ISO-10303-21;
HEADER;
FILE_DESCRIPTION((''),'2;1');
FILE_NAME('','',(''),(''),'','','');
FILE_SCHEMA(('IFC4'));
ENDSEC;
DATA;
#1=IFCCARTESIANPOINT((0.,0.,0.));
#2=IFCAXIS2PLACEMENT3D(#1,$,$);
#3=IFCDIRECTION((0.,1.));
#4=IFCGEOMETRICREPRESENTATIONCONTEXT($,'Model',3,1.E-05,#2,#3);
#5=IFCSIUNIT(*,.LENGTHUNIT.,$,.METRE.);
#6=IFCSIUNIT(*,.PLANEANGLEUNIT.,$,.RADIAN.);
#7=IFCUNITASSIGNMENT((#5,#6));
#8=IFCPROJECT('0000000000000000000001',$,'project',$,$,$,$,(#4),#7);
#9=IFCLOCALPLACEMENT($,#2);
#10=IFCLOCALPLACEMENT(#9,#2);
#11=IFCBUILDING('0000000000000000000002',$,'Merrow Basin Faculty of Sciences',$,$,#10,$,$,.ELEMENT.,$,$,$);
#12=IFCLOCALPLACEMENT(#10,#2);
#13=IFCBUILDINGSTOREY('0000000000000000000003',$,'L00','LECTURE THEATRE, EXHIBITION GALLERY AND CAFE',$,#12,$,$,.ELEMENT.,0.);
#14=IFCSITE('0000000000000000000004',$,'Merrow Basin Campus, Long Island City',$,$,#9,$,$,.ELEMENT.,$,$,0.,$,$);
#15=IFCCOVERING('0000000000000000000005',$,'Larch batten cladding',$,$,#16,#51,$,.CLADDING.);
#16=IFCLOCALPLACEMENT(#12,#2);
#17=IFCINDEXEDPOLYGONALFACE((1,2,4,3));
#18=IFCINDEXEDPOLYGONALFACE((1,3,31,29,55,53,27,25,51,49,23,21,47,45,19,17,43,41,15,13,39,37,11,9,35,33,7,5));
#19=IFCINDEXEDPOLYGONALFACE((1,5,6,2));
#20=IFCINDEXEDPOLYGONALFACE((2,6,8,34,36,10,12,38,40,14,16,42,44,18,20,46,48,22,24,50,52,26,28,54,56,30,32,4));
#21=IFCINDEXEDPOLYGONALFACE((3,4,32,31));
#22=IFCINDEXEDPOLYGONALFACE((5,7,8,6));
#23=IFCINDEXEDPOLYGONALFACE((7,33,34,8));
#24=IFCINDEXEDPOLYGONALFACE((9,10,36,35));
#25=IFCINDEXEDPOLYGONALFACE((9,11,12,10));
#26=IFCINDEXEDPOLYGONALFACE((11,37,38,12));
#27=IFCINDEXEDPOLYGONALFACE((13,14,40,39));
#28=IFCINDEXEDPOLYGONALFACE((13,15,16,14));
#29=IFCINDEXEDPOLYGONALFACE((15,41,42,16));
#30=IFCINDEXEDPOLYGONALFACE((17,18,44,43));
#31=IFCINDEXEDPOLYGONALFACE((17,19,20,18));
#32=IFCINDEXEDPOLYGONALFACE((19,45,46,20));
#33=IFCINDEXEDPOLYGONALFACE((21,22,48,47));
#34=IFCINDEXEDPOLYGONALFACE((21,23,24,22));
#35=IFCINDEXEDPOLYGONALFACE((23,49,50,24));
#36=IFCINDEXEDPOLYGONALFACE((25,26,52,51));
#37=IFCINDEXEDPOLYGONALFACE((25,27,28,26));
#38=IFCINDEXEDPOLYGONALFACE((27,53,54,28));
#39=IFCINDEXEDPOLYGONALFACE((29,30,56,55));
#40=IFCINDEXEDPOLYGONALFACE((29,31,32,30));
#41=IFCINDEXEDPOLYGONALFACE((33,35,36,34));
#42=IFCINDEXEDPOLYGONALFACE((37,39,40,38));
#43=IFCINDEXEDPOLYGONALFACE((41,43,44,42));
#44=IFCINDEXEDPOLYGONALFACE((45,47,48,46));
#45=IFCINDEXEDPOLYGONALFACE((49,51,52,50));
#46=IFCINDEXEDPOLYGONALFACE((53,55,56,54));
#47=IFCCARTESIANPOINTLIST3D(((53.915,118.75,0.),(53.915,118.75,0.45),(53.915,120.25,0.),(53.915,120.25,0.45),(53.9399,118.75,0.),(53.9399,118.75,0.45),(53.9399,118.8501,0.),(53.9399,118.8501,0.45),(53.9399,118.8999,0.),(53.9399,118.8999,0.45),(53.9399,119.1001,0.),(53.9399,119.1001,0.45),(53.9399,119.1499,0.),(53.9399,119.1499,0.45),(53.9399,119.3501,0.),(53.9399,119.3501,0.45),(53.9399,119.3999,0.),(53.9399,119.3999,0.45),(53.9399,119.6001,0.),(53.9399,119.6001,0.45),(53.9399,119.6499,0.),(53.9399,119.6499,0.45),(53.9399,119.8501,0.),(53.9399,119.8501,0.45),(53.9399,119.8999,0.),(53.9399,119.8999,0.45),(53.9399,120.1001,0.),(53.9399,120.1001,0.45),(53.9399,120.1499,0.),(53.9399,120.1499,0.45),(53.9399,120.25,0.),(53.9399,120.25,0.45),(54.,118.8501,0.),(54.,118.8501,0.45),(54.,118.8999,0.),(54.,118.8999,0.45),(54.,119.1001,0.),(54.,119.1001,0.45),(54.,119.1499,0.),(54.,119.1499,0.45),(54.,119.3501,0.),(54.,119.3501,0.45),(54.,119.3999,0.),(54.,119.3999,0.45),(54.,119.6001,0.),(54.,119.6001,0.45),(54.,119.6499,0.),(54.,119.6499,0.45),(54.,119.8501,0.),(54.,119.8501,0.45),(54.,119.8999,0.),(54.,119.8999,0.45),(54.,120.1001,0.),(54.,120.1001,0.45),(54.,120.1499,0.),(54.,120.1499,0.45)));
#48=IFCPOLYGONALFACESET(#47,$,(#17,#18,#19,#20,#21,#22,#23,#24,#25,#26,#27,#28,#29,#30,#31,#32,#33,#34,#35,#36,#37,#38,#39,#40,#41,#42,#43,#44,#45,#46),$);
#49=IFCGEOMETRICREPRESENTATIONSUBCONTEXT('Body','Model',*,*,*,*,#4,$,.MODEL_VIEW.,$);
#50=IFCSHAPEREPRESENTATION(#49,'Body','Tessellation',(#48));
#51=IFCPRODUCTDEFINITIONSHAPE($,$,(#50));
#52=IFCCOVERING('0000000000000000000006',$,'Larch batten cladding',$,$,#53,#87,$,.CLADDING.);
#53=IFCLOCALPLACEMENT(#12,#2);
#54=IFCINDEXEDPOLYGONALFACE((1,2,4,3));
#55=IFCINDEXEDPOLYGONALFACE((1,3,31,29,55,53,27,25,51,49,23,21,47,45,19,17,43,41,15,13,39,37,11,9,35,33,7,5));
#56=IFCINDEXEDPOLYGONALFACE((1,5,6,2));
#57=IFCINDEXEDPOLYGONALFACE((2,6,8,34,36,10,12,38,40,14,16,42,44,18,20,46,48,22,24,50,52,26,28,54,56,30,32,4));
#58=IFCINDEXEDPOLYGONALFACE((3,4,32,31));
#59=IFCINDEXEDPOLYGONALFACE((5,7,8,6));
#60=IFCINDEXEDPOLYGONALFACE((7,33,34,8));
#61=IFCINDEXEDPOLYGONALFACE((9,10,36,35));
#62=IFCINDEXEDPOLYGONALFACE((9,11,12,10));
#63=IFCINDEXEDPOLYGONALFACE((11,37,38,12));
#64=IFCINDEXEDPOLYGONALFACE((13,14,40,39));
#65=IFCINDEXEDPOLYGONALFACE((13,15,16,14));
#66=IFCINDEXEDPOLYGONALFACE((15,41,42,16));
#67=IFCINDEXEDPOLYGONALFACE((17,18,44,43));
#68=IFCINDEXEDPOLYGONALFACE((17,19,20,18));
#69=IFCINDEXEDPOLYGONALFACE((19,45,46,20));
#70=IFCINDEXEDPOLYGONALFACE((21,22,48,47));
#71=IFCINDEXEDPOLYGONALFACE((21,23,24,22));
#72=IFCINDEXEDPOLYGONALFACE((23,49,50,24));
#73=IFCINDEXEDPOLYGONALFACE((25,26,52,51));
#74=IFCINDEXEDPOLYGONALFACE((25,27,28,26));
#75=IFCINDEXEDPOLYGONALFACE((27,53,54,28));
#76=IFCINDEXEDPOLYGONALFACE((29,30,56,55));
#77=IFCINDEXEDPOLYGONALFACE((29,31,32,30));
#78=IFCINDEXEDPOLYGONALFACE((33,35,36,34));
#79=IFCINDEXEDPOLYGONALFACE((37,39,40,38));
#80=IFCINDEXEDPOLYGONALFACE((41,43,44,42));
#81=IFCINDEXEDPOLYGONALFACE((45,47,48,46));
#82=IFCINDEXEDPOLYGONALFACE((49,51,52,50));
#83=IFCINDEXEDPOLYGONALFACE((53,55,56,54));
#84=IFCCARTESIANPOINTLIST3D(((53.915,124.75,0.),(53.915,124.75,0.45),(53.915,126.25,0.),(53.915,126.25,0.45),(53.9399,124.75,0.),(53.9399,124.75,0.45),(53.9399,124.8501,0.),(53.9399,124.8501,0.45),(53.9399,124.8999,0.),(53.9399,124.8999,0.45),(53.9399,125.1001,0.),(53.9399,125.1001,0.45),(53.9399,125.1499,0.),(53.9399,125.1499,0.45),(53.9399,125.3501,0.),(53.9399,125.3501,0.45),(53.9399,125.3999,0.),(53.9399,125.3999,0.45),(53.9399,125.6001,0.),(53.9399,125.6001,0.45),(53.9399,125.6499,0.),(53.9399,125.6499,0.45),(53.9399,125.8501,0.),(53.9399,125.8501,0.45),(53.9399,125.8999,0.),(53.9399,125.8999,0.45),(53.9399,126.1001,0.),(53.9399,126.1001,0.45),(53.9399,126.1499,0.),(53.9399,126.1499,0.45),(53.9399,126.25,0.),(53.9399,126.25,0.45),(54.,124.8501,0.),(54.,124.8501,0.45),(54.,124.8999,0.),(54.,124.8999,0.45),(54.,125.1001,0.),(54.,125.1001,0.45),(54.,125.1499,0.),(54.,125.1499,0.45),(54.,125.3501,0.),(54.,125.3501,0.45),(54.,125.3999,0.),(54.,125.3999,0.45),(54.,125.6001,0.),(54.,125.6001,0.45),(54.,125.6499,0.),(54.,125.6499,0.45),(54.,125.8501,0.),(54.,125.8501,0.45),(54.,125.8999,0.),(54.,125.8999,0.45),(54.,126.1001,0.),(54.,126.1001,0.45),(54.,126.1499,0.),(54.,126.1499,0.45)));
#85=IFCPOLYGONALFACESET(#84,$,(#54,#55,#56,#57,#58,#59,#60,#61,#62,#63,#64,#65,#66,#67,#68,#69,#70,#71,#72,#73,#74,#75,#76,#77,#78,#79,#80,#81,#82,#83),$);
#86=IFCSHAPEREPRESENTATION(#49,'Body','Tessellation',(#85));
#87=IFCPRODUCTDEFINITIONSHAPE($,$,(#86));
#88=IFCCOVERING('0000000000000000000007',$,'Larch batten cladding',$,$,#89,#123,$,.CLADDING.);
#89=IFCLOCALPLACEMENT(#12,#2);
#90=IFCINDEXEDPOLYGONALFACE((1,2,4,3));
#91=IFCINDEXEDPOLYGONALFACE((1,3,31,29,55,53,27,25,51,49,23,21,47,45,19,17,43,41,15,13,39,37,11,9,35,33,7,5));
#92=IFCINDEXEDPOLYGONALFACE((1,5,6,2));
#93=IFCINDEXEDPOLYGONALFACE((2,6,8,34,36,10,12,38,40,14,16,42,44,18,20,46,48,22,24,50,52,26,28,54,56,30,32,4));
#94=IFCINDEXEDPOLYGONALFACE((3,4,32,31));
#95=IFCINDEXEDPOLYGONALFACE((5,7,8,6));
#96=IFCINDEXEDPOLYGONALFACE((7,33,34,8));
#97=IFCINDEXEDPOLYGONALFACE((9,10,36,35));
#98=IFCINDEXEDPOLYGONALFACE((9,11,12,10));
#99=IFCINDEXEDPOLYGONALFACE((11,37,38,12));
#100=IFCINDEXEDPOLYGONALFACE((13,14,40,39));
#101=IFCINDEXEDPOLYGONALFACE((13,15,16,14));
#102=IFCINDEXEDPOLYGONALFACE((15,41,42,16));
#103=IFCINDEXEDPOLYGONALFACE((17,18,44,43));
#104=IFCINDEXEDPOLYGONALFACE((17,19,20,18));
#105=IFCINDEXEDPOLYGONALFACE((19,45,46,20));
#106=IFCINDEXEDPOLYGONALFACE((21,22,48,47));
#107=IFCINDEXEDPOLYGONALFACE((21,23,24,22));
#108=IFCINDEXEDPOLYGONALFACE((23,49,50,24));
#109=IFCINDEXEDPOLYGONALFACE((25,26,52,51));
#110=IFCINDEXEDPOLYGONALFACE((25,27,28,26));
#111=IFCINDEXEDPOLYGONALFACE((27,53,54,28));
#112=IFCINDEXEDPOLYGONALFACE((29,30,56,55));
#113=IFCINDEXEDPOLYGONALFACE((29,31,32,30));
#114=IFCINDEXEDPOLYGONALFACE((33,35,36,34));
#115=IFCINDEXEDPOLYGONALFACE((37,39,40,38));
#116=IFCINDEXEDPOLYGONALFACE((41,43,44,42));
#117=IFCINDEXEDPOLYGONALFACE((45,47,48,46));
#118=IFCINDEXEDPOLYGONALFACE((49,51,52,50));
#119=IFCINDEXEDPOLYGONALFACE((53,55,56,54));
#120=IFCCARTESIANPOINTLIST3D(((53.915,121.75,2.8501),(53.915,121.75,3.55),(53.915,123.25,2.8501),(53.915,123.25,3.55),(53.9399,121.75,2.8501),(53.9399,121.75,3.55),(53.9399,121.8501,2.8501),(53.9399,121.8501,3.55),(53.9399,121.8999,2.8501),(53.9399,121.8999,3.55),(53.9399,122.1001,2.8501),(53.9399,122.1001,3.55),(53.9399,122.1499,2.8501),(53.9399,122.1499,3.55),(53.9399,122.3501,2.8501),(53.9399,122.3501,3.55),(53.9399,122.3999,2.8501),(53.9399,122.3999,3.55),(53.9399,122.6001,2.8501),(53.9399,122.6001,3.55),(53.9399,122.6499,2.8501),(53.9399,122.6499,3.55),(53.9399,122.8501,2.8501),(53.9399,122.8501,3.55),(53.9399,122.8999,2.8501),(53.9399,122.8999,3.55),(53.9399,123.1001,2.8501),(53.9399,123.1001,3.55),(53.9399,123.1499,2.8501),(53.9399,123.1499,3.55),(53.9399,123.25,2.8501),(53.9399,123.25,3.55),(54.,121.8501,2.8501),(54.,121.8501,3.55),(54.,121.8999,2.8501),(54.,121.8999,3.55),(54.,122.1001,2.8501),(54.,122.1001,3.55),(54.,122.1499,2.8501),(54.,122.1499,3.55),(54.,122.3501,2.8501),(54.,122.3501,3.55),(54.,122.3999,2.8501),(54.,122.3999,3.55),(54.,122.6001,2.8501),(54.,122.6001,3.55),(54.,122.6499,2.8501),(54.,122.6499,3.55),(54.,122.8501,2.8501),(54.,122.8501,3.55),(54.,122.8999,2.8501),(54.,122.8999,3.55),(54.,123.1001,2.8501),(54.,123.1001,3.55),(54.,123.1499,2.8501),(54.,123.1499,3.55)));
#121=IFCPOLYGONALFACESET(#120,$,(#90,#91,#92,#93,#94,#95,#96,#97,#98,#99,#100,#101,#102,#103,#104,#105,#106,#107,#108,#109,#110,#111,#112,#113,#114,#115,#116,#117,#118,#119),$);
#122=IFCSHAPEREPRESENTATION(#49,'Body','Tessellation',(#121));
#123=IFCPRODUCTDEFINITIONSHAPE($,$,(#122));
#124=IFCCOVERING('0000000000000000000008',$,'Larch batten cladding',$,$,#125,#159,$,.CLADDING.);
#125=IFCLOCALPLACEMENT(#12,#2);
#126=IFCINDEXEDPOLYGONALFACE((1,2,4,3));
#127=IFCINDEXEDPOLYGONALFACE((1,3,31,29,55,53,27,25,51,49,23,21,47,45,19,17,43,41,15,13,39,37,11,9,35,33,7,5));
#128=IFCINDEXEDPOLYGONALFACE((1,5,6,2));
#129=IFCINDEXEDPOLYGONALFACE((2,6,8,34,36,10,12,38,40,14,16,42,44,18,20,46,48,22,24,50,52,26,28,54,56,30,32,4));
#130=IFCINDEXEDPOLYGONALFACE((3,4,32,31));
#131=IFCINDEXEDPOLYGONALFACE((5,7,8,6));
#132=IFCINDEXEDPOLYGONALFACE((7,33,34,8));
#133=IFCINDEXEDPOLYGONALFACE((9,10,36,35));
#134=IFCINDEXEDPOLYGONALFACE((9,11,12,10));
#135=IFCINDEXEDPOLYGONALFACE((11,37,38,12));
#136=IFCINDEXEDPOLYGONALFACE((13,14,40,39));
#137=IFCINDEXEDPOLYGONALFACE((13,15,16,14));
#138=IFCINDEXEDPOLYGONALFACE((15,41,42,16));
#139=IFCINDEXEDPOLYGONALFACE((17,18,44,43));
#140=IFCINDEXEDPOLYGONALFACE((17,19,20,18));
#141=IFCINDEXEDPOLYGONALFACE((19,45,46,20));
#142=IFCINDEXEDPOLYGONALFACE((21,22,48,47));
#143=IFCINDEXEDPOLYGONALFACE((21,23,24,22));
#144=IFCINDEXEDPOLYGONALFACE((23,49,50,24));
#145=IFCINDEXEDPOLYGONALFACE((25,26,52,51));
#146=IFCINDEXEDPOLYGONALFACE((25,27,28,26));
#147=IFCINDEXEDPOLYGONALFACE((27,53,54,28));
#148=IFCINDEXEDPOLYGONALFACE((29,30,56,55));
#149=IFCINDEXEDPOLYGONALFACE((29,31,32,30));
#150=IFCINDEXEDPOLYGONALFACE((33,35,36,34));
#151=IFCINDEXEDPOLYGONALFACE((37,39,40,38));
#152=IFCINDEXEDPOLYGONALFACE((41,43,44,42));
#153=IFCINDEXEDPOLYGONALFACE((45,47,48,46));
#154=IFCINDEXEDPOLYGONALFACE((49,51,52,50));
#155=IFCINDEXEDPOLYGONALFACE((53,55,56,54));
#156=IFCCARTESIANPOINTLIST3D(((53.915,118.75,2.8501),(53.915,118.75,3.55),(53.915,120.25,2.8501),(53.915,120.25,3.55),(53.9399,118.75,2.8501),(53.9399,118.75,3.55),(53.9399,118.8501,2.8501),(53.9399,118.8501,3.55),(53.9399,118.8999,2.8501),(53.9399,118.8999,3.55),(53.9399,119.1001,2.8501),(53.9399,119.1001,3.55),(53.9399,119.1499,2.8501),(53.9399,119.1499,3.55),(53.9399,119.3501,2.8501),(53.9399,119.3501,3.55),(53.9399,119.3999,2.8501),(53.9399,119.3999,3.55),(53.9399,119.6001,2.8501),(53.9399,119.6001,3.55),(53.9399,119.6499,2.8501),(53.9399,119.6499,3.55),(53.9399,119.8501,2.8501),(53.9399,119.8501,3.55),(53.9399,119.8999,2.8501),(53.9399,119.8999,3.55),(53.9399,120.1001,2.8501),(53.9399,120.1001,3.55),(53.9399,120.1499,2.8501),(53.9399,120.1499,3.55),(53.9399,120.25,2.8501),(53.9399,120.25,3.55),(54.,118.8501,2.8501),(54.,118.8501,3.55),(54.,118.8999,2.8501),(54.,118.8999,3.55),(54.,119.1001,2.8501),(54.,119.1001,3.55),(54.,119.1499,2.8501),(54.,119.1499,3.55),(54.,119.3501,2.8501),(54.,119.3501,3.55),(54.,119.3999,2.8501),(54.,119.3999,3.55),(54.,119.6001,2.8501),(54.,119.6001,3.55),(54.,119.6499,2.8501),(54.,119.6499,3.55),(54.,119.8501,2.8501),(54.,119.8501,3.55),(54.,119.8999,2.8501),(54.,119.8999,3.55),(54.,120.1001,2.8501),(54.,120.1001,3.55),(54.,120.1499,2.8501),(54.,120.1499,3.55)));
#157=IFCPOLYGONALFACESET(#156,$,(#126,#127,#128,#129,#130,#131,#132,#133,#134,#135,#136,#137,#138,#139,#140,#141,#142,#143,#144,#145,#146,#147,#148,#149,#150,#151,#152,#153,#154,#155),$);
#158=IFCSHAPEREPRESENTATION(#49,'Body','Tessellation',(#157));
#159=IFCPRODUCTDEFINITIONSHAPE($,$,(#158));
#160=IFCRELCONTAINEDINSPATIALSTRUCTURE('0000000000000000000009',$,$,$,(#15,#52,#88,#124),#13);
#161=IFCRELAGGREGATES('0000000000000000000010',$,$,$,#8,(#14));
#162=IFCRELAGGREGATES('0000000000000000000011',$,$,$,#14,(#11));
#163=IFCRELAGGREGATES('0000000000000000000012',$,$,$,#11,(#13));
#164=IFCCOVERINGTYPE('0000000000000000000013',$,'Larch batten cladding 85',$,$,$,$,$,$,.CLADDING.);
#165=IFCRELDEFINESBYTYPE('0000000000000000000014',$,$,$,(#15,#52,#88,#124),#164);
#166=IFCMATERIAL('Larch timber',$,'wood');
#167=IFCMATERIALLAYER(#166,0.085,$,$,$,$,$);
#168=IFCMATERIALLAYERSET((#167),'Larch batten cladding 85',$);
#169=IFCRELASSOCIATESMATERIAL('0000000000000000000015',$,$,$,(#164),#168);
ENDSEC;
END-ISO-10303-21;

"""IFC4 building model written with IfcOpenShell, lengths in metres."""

from ifc_helpers import new_model, si_unit, direction, frame, origin, place, context, subcontext, project, spatial, polyline, outline, extrude, source, transform, mapped, material, layer, layer_set, type_object, element, save


model = new_model("IFC4")

# Units and contexts
model_context = context("Model", 3, precision=1e-05, world=origin(), true_north=direction((0.0, 1.0)))
body_context = subcontext(model_context, "Body", "Model", "MODEL_VIEW")
ifc_project = project(units=[si_unit("LENGTHUNIT", "METRE"), si_unit("PLANEANGLEUNIT", "RADIAN")], contexts=[model_context])

# Site, building, storey
site_placement = place(None, origin())
site = spatial("IfcSite", under=ifc_project, at=site_placement, Name="Merrow Basin Campus, Long Island City", CompositionType="ELEMENT", RefElevation=0.0)
building_placement = place(site_placement, origin())
building = spatial("IfcBuilding", under=site, at=building_placement, Name="Merrow Basin Faculty of Sciences", CompositionType="ELEMENT")
storey_placement = place(building_placement, origin())
storey = spatial("IfcBuildingStorey", under=building, at=storey_placement, Name="L00", Description="LECTURE THEATRE, EXHIBITION GALLERY AND CAFE", CompositionType="ELEMENT", Elevation=0.0)

# Coverings
ifc_material_1 = material(Name="Larch timber", Category="wood")
ifc_layer_1 = layer(ifc_material_1, 0.085)
ifc_layer_set_1 = layer_set([ifc_layer_1], Name="Larch batten cladding 85")
covering_type = type_object("IfcCoveringType", Name="Larch batten cladding 85", PredefinedType="CLADDING", material=ifc_layer_set_1)
shared_shape_1 = source(origin(), body_context, "Body", "SweptSolid", [
    extrude(outline(polyline([(0.0, 0.0), (1.5, 0.0), (1.5, 0.0249), (1.3999, 0.0249), (1.3999, 0.085), (1.3501, 0.085), (1.3501, 0.0249), (1.1499, 0.0249), (1.1499, 0.085), (1.1001, 0.085), (1.1001, 0.0249), (0.8999, 0.0249), (0.8999, 0.085), (0.8501, 0.085), (0.8501, 0.0249), (0.6499, 0.0249), (0.6499, 0.085), (0.6001, 0.085), (0.6001, 0.0249), (0.3999, 0.0249), (0.3999, 0.085), (0.3501, 0.085), (0.3501, 0.0249), (0.1499, 0.0249), (0.1499, 0.085), (0.1001, 0.085), (0.1001, 0.0249), (0.0, 0.0249), (0.0, 0.0)])), origin(), (0.0, 0.0, 1.0), 0.45),
])
for number, where, z_axis, x_axis, name in (
    (1, (53.915, 120.25, 0.0), (0.0, 0.0, 1.0), (0.0, -1.0, 0.0), "Larch batten cladding"),
    (2, (53.915, 126.25, 0.0), (0.0, 0.0, 1.0), (0.0, -1.0, 0.0), "Larch batten cladding"),
):
    element("IfcCovering", number, at=place(storey_placement, frame(where, z_axis=z_axis, x_axis=x_axis)), inside=storey, type_object=covering_type, Name=name, PredefinedType="CLADDING", context=body_context, shape_type="MappedRepresentation", body=[
        mapped(shared_shape_1, transform((0.0, 0.0, 0.0), scale=1.0)),
    ])
shared_shape_2 = source(origin(), body_context, "Body", "SweptSolid", [
    extrude(outline(polyline([(0.0, 0.0), (1.5, 0.0), (1.5, 0.0249), (1.3999, 0.0249), (1.3999, 0.085), (1.3501, 0.085), (1.3501, 0.0249), (1.1499, 0.0249), (1.1499, 0.085), (1.1001, 0.085), (1.1001, 0.0249), (0.8999, 0.0249), (0.8999, 0.085), (0.8501, 0.085), (0.8501, 0.0249), (0.6499, 0.0249), (0.6499, 0.085), (0.6001, 0.085), (0.6001, 0.0249), (0.3999, 0.0249), (0.3999, 0.085), (0.3501, 0.085), (0.3501, 0.0249), (0.1499, 0.0249), (0.1499, 0.085), (0.1001, 0.085), (0.1001, 0.0249), (0.0, 0.0249), (0.0, 0.0)])), origin(), (0.0, 0.0, 1.0), 0.7),
])
for number, where, z_axis, x_axis, name in (
    (3, (53.915, 123.25, 2.8501), (0.0, 0.0, 1.0), (0.0, -1.0, 0.0), "Larch batten cladding"),
    (4, (53.915, 120.25, 2.8501), (0.0, 0.0, 1.0), (0.0, -1.0, 0.0), "Larch batten cladding"),
):
    element("IfcCovering", number, at=place(storey_placement, frame(where, z_axis=z_axis, x_axis=x_axis)), inside=storey, type_object=covering_type, Name=name, PredefinedType="CLADDING", context=body_context, shape_type="MappedRepresentation", body=[
        mapped(shared_shape_2, transform((0.0, 0.0, 0.0), scale=1.0)),
    ])

save(model, "model.ifc")
